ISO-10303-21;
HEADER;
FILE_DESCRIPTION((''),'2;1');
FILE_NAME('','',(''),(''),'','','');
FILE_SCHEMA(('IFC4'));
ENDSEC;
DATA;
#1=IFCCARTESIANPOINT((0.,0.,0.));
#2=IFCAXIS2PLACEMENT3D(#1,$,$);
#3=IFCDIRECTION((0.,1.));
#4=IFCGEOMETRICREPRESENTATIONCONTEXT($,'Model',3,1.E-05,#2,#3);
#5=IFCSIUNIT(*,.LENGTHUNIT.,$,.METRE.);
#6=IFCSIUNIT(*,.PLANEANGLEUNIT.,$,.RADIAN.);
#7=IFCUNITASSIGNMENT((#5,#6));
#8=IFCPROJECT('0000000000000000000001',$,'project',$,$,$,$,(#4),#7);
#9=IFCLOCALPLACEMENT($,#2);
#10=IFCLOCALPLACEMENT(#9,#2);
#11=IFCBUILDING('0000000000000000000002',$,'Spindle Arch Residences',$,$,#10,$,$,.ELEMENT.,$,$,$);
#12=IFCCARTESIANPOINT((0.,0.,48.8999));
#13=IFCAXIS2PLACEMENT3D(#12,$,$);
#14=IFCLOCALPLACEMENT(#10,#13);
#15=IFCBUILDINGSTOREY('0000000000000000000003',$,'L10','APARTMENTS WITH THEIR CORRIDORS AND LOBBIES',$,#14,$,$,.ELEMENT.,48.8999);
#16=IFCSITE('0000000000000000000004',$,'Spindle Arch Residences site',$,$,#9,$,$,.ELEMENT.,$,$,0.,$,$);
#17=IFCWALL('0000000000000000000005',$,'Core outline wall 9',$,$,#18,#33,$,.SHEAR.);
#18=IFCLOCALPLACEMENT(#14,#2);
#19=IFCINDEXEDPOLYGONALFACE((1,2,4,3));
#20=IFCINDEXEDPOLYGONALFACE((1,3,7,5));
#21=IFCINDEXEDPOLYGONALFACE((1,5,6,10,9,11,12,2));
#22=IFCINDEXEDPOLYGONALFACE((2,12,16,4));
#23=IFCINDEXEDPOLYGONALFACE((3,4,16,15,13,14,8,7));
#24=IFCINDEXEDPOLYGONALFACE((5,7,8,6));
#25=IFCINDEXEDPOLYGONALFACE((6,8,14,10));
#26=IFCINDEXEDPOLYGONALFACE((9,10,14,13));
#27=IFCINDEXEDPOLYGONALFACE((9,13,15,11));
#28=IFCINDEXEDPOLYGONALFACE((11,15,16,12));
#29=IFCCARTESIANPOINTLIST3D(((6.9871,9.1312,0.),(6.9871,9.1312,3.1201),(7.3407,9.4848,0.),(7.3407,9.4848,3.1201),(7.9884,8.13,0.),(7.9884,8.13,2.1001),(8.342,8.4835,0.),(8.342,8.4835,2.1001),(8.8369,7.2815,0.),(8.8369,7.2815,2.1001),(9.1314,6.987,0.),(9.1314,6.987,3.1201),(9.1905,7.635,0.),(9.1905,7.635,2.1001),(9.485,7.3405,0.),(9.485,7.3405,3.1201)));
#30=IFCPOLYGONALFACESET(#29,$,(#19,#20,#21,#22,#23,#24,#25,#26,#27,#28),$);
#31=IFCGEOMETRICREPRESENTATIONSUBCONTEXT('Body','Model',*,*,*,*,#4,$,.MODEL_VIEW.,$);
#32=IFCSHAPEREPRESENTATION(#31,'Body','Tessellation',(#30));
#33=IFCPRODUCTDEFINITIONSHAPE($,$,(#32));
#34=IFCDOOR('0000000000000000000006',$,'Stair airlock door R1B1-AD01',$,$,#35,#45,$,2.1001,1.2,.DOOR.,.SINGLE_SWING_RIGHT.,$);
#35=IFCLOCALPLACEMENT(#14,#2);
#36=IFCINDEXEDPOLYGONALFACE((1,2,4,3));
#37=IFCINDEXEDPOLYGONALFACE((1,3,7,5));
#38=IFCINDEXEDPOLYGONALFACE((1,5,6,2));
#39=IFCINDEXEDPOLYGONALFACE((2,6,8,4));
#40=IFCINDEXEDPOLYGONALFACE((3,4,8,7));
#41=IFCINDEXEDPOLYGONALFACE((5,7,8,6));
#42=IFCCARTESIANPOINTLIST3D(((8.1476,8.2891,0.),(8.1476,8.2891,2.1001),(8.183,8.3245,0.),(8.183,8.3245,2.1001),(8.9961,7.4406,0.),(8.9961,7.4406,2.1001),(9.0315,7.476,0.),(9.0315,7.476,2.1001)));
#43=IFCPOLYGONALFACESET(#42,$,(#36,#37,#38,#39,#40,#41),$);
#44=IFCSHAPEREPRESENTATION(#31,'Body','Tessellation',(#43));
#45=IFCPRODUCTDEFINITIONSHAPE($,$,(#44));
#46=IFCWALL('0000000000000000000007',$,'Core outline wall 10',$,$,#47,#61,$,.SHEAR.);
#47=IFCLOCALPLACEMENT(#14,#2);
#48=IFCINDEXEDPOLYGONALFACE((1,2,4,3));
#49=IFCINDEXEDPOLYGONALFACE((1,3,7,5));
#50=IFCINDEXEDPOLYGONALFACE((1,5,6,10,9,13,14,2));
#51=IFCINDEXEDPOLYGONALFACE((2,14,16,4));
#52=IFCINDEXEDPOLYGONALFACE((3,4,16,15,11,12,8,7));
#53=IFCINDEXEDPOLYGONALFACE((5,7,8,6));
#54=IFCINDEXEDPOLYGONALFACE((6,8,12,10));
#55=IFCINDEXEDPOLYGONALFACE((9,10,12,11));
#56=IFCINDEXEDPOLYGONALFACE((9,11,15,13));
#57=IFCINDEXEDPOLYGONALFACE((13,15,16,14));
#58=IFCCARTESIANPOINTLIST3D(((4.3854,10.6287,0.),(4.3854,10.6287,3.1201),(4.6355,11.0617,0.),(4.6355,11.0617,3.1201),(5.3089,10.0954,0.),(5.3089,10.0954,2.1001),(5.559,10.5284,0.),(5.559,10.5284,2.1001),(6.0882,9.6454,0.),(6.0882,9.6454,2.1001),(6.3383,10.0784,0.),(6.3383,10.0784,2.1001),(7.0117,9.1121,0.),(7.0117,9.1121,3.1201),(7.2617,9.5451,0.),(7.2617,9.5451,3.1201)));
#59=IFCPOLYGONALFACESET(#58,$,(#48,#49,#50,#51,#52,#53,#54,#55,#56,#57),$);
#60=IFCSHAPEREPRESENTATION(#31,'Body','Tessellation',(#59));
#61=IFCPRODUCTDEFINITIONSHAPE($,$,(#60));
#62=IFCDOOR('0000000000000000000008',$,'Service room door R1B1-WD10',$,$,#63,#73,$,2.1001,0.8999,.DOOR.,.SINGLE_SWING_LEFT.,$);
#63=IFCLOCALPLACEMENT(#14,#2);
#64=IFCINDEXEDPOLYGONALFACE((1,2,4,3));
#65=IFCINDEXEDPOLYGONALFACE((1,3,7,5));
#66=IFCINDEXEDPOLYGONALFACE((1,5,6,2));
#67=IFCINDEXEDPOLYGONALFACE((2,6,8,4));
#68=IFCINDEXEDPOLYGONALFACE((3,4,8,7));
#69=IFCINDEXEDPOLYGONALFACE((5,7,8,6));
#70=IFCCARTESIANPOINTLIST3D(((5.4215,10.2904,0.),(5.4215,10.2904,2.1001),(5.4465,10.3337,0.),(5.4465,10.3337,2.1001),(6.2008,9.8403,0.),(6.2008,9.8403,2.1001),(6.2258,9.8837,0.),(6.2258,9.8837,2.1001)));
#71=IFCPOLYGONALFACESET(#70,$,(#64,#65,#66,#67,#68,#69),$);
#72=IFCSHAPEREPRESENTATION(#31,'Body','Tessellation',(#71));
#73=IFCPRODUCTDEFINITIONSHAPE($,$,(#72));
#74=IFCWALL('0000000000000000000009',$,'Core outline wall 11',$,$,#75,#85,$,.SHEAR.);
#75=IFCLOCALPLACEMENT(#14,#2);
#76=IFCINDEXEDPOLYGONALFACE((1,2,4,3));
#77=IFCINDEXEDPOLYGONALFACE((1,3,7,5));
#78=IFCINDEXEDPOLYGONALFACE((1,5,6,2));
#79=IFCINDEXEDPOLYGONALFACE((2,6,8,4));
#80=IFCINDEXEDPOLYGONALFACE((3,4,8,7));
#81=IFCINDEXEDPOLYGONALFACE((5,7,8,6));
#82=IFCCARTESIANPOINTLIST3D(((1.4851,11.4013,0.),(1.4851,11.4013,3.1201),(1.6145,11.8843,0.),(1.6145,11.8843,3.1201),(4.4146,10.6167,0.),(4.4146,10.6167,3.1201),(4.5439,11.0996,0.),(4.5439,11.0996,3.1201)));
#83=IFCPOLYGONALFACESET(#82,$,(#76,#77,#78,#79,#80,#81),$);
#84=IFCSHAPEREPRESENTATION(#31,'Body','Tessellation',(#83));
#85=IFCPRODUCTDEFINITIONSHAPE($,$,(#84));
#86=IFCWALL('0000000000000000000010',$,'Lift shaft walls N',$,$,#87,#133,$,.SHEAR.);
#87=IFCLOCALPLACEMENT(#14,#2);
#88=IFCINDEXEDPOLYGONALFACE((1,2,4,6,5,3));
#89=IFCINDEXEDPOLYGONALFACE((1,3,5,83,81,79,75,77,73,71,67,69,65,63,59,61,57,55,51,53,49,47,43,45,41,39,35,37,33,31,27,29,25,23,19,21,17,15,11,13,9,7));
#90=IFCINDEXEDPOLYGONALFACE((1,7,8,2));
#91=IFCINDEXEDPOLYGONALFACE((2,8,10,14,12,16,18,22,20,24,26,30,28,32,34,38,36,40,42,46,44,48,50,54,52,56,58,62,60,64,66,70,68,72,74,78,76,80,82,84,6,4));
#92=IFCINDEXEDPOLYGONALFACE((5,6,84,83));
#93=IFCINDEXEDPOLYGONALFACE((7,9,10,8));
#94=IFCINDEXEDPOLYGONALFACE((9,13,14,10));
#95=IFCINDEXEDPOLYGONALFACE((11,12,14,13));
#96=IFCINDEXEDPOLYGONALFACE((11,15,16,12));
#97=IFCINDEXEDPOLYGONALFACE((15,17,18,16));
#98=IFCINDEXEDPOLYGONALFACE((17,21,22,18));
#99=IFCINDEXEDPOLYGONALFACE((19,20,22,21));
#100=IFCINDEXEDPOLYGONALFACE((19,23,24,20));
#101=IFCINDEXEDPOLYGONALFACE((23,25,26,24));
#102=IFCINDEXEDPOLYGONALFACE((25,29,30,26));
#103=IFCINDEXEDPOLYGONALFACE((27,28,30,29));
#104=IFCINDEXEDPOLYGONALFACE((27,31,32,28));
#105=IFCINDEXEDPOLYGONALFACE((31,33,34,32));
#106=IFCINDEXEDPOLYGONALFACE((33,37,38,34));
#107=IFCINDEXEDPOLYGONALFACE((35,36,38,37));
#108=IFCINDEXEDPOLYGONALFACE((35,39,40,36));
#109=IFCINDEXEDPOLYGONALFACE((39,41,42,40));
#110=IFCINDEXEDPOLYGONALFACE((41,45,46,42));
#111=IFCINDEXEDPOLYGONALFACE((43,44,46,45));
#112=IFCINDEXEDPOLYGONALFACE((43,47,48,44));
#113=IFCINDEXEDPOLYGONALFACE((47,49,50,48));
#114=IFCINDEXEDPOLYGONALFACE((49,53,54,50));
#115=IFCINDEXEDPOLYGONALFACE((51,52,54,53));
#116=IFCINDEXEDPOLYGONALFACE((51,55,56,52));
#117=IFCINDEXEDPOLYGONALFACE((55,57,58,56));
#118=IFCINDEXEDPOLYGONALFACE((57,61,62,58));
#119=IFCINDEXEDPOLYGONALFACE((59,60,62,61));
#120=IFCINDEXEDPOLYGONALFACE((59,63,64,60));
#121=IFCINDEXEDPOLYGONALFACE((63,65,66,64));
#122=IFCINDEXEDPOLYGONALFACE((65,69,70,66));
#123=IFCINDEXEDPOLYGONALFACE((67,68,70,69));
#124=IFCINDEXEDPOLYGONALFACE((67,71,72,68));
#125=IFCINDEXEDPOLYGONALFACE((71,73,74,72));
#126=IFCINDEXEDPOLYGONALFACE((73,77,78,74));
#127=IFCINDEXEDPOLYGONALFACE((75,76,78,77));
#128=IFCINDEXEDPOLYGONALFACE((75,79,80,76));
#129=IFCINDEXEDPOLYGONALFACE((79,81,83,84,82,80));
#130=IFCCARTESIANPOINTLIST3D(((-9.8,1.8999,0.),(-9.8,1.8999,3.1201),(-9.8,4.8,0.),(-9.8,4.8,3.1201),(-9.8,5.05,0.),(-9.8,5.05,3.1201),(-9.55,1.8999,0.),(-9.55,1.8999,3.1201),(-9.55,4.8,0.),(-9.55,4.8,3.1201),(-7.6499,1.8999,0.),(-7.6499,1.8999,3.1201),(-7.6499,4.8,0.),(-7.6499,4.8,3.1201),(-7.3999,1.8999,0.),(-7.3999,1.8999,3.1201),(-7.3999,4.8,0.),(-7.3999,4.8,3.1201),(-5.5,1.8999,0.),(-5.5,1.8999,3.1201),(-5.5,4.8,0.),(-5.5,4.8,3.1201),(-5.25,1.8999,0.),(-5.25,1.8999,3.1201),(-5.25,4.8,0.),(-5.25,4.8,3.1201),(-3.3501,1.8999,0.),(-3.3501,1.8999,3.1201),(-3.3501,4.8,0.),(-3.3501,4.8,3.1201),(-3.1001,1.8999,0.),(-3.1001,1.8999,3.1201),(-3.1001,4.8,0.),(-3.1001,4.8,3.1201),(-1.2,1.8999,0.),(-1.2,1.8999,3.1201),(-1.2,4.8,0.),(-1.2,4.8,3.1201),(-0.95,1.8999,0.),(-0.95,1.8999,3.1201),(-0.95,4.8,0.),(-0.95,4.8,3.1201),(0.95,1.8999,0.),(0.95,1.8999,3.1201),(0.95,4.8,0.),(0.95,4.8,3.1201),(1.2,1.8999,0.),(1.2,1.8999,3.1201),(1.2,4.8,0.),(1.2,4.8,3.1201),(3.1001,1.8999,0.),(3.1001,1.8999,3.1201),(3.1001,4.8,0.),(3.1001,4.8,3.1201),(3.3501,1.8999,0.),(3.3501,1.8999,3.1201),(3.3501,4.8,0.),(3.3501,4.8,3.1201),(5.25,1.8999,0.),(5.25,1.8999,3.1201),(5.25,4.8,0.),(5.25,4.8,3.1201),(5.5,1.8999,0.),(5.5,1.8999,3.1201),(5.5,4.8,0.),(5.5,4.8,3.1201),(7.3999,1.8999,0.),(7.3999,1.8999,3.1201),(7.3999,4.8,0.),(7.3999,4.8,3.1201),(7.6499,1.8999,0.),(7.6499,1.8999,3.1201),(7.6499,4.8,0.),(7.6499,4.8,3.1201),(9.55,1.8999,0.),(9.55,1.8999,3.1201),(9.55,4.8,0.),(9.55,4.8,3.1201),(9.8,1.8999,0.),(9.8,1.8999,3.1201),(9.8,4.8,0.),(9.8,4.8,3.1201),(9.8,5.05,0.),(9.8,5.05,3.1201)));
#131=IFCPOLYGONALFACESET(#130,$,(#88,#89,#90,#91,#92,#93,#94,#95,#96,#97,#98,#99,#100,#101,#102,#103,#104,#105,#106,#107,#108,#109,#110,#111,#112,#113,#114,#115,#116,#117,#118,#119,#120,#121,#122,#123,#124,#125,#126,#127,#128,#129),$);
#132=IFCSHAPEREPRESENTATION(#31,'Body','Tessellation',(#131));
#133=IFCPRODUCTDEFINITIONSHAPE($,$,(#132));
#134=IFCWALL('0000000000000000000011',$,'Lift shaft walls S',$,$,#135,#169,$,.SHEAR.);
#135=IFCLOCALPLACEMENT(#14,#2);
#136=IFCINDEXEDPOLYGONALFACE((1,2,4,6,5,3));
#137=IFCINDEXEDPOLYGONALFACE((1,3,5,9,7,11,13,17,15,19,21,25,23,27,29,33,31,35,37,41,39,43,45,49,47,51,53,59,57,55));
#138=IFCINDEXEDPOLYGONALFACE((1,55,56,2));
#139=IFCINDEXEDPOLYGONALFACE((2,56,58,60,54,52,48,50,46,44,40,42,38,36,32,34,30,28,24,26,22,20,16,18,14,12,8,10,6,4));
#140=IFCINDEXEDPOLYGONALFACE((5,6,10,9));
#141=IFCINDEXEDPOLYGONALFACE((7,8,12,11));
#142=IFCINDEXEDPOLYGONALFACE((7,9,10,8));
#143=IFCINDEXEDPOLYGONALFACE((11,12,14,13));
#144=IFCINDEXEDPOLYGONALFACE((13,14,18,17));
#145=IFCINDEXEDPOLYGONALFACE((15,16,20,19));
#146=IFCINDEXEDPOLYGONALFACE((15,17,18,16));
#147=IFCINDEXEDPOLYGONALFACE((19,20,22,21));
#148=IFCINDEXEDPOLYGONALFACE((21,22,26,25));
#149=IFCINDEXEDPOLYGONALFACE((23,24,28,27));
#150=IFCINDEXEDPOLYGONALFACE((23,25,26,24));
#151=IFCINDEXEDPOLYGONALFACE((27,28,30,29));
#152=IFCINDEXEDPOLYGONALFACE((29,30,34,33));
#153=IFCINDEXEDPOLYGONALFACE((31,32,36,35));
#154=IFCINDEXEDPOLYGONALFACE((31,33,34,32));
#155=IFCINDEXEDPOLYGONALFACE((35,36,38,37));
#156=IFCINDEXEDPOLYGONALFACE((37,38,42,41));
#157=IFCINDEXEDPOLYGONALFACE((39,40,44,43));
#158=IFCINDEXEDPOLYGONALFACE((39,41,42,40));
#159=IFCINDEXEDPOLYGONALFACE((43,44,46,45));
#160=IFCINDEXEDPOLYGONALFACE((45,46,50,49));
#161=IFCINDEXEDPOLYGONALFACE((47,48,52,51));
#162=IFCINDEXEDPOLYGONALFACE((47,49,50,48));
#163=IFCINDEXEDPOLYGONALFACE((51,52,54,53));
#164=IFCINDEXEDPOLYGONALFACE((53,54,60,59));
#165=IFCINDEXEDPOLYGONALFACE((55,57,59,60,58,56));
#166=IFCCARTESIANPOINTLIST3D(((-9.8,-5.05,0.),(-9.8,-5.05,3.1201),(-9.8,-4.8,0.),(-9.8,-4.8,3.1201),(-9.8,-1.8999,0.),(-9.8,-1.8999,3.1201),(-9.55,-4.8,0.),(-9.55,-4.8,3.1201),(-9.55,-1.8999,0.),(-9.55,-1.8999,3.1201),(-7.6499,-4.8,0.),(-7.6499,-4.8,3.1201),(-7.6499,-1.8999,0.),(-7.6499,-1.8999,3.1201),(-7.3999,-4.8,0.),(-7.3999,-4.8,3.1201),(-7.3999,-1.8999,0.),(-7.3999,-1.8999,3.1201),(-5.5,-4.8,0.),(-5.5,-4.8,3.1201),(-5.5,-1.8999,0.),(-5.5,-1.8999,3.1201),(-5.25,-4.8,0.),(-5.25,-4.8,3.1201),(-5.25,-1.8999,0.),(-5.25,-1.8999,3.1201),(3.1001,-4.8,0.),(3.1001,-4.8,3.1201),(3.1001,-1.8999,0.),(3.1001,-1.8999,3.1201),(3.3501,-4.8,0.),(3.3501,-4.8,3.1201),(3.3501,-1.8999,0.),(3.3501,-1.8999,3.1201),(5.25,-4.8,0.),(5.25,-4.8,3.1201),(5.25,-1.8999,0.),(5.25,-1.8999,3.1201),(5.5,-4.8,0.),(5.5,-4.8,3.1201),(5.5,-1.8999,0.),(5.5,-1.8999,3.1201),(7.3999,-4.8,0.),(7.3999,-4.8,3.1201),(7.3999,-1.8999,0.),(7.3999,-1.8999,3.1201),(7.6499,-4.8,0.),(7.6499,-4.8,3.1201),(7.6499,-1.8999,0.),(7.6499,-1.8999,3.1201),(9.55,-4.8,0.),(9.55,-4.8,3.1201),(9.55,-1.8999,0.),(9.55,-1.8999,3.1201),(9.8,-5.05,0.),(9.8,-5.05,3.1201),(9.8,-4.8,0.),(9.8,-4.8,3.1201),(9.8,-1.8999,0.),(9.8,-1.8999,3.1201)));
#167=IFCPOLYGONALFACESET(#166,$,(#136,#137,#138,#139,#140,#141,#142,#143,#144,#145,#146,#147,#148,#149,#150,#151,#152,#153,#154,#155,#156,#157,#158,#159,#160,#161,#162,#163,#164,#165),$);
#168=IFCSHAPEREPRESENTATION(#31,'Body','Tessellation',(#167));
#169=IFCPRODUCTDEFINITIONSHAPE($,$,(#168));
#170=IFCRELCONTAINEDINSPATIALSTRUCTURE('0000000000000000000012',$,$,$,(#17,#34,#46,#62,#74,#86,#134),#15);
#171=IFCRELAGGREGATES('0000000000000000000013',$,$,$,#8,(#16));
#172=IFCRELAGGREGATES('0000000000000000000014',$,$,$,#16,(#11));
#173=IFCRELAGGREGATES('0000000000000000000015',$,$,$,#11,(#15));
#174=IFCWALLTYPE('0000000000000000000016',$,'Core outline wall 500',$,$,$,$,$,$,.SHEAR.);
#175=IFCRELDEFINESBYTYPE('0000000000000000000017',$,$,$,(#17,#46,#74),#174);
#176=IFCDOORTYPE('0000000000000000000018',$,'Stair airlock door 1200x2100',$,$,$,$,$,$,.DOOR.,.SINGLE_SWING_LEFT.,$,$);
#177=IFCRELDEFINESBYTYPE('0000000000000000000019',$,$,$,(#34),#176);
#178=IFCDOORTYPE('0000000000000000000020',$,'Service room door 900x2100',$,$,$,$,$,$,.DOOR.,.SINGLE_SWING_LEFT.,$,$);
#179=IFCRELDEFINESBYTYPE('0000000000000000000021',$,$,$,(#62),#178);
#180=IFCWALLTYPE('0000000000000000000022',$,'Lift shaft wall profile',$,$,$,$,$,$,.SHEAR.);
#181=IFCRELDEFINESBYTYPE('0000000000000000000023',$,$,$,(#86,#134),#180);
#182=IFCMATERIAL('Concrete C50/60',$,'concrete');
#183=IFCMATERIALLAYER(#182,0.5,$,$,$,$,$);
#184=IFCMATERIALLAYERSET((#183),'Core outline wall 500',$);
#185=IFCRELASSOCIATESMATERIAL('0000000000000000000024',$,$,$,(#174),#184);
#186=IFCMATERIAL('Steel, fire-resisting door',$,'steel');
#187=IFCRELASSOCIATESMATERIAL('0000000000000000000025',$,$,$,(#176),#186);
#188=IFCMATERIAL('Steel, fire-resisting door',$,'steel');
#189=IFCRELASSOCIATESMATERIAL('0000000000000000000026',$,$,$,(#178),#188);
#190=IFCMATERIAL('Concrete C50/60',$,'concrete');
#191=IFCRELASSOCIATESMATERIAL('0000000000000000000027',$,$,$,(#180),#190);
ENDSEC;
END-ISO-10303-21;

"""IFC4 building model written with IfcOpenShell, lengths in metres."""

from ifc_helpers import new_model, si_unit, direction, frame, frame_2d, origin, place, context, subcontext, project, spatial, polyline, rectangle, outline, extrude, material, layer, layer_set, type_object, element, fill, save


model = new_model("IFC4")

# Units and contexts
model_context = context("Model", 3, precision=1e-05, world=origin(), true_north=direction((0.0, 1.0)))
body_context = subcontext(model_context, "Body", "Model", "MODEL_VIEW")
ifc_project = project(units=[si_unit("LENGTHUNIT", "METRE"), si_unit("PLANEANGLEUNIT", "RADIAN")], contexts=[model_context])

# Site, building, storey
site_placement = place(None, origin())
site = spatial("IfcSite", under=ifc_project, at=site_placement, Name="Spindle Arch Residences site", CompositionType="ELEMENT", RefElevation=0.0)
building_placement = place(site_placement, origin())
building = spatial("IfcBuilding", under=site, at=building_placement, Name="Spindle Arch Residences", CompositionType="ELEMENT")
storey_placement = place(building_placement, frame((0.0, 0.0, 48.8999)))
storey = spatial("IfcBuildingStorey", under=building, at=storey_placement, Name="L10", Description="APARTMENTS WITH THEIR CORRIDORS AND LOBBIES", CompositionType="ELEMENT", Elevation=48.8999)

# Walls, openings, doors
ifc_material_1 = material(Name="Concrete C50/60", Category="concrete")
ifc_layer_1 = layer(ifc_material_1, 0.5)
ifc_layer_set_1 = layer_set([ifc_layer_1], Name="Core outline wall 500")
wall_type_1 = type_object("IfcWallType", Name="Core outline wall 500", PredefinedType="SHEAR", material=ifc_layer_set_1)
wall_1_placement = place(storey_placement, frame((9.3081, 7.1638, 0.0), z_axis=(0.0, 0.0, 1.0), x_axis=(-0.707107, 0.707107, 0.0)))
wall_1 = element("IfcWall", 1, at=wall_1_placement, inside=storey, type_object=wall_type_1, Name="Core outline wall 9", PredefinedType="SHEAR", context=body_context, shape_type="SweptSolid", body=[
    extrude(rectangle(XDim=3.0325, YDim=0.5, at=frame_2d((1.5161, 0.0))), origin(), (0.0, 0.0, 1.0), 3.1201),
])
opening_1_placement = place(wall_1_placement, frame((0.4163, 0.0, 0.0)))
opening_1 = element("IfcOpeningElement", 2, at=opening_1_placement, cuts=wall_1, PredefinedType="OPENING", context=body_context, shape_type="SweptSolid", body=[
    extrude(rectangle(XDim=1.2, YDim=2.1001, at=frame_2d((0.6001, 1.05))), frame((0.0, 0.26, 0.0), z_axis=(0.0, -1.0, 0.0), x_axis=(1.0, 0.0, 0.0)), (0.0, 0.0, 1.0), 0.52),
])
ifc_material_2 = material(Name="Steel, fire-resisting door", Category="steel")
door_type_1 = type_object("IfcDoorType", Name="Stair airlock door 1200x2100", OperationType="SINGLE_SWING_LEFT", PredefinedType="DOOR", material=ifc_material_2)
door_1_placement = place(opening_1_placement, origin())
door_1 = element("IfcDoor", 3, at=door_1_placement, inside=storey, type_object=door_type_1, Name="Stair airlock door R1B1-AD01", OperationType="SINGLE_SWING_RIGHT", OverallHeight=2.1001, OverallWidth=1.2, PredefinedType="DOOR", context=body_context, shape_type="SweptSolid", body=[
    extrude(rectangle(XDim=1.2, YDim=2.1001, at=frame_2d((0.6001, 1.05))), frame((0.0, 0.0249, 0.0), z_axis=(0.0, -1.0, 0.0), x_axis=(1.0, 0.0, 0.0)), (0.0, 0.0, 1.0), 0.05),
])
fill(opening_1, door_1)
wall_2_placement = place(storey_placement, frame((7.1367, 9.3286, 0.0), z_axis=(0.0, 0.0, 1.0), x_axis=(-0.865975, 0.500087, 0.0)))
wall_2 = element("IfcWall", 4, at=wall_2_placement, inside=storey, type_object=wall_type_1, Name="Core outline wall 10", PredefinedType="SHEAR", context=body_context, shape_type="SweptSolid", body=[
    extrude(rectangle(XDim=3.0327, YDim=0.5, at=frame_2d((1.5164, 0.0))), origin(), (0.0, 0.0, 1.0), 3.1201),
])
opening_2_placement = place(wall_2_placement, frame((1.0664, 0.0, 0.0)))
opening_2 = element("IfcOpeningElement", 5, at=opening_2_placement, cuts=wall_2, PredefinedType="OPENING", context=body_context, shape_type="SweptSolid", body=[
    extrude(rectangle(XDim=0.8999, YDim=2.1001, at=frame_2d((0.45, 1.05))), frame((0.0, 0.26, 0.0), z_axis=(0.0, -1.0, 0.0), x_axis=(1.0, 0.0, 0.0)), (0.0, 0.0, 1.0), 0.52),
])
ifc_material_3 = material(Name="Steel, fire-resisting door", Category="steel")
door_type_2 = type_object("IfcDoorType", Name="Service room door 900x2100", OperationType="SINGLE_SWING_LEFT", PredefinedType="DOOR", material=ifc_material_3)
door_2_placement = place(opening_2_placement, origin())
door_2 = element("IfcDoor", 6, at=door_2_placement, inside=storey, type_object=door_type_2, Name="Service room door R1B1-WD10", OperationType="SINGLE_SWING_LEFT", OverallHeight=2.1001, OverallWidth=0.8999, PredefinedType="DOOR", context=body_context, shape_type="SweptSolid", body=[
    extrude(rectangle(XDim=0.8999, YDim=2.1001, at=frame_2d((0.45, 1.05))), frame((0.0, 0.0249, 0.0), z_axis=(0.0, -1.0, 0.0), x_axis=(1.0, 0.0, 0.0)), (0.0, 0.0, 1.0), 0.05),
])
fill(opening_2, door_2)

# Wall
wall_3_placement = place(storey_placement, frame((4.4792, 10.8582, 0.0), z_axis=(0.0, 0.0, 1.0), x_axis=(-0.965948, 0.258735, 0.0)))
element("IfcWall", 7, at=wall_3_placement, inside=storey, type_object=wall_type_1, Name="Core outline wall 11", PredefinedType="SHEAR", context=body_context, shape_type="SweptSolid", body=[
    extrude(rectangle(XDim=3.0327, YDim=0.5, at=frame_2d((1.5164, 0.0))), origin(), (0.0, 0.0, 1.0), 3.1201),
])

# Walls
ifc_material_4 = material(Name="Concrete C50/60", Category="concrete")
wall_type_2 = type_object("IfcWallType", Name="Lift shaft wall profile", PredefinedType="SHEAR", material=ifc_material_4)
wall_4_placement = place(storey_placement, origin())
element("IfcWall", 8, at=wall_4_placement, inside=storey, type_object=wall_type_2, Name="Lift shaft walls N", PredefinedType="SHEAR", context=body_context, shape_type="SweptSolid", body=[
    extrude(outline(polyline([(-9.55, 4.8), (-7.6499, 4.8), (-7.6499, 1.8999), (-7.3999, 1.8999), (-7.3999, 4.8), (-5.5, 4.8), (-5.5, 1.8999), (-5.25, 1.8999), (-5.25, 4.8), (-3.3501, 4.8), (-3.3501, 1.8999), (-3.1001, 1.8999), (-3.1001, 4.8), (-1.2, 4.8), (-1.2, 1.8999), (-0.95, 1.8999), (-0.95, 4.8), (0.95, 4.8), (0.95, 1.8999), (1.2, 1.8999), (1.2, 4.8), (3.1001, 4.8), (3.1001, 1.8999), (3.3501, 1.8999), (3.3501, 4.8), (5.25, 4.8), (5.25, 1.8999), (5.5, 1.8999), (5.5, 4.8), (7.3999, 4.8), (7.3999, 1.8999), (7.6499, 1.8999), (7.6499, 4.8), (9.55, 4.8), (9.55, 1.8999), (9.8, 1.8999), (9.8, 4.8), (9.8, 5.05), (-9.8, 5.05), (-9.8, 4.8), (-9.8, 1.8999), (-9.55, 1.8999), (-9.55, 4.8)])), origin(), (0.0, 0.0, 1.0), 3.1201),
])
wall_5_placement = place(storey_placement, origin())
element("IfcWall", 9, at=wall_5_placement, inside=storey, type_object=wall_type_2, Name="Lift shaft walls S", PredefinedType="SHEAR", context=body_context, shape_type="SweptSolid", body=[
    extrude(outline(polyline([(9.8, -5.05), (9.8, -4.8), (9.8, -1.8999), (9.55, -1.8999), (9.55, -4.8), (7.6499, -4.8), (7.6499, -1.8999), (7.3999, -1.8999), (7.3999, -4.8), (5.5, -4.8), (5.5, -1.8999), (5.25, -1.8999), (5.25, -4.8), (3.3501, -4.8), (3.3501, -1.8999), (3.1001, -1.8999), (3.1001, -4.8), (-5.25, -4.8), (-5.25, -1.8999), (-5.5, -1.8999), (-5.5, -4.8), (-7.3999, -4.8), (-7.3999, -1.8999), (-7.6499, -1.8999), (-7.6499, -4.8), (-9.55, -4.8), (-9.55, -1.8999), (-9.8, -1.8999), (-9.8, -4.8), (-9.8, -5.05), (9.8, -5.05)])), origin(), (0.0, 0.0, 1.0), 3.1201),
])

save(model, "model.ifc")
